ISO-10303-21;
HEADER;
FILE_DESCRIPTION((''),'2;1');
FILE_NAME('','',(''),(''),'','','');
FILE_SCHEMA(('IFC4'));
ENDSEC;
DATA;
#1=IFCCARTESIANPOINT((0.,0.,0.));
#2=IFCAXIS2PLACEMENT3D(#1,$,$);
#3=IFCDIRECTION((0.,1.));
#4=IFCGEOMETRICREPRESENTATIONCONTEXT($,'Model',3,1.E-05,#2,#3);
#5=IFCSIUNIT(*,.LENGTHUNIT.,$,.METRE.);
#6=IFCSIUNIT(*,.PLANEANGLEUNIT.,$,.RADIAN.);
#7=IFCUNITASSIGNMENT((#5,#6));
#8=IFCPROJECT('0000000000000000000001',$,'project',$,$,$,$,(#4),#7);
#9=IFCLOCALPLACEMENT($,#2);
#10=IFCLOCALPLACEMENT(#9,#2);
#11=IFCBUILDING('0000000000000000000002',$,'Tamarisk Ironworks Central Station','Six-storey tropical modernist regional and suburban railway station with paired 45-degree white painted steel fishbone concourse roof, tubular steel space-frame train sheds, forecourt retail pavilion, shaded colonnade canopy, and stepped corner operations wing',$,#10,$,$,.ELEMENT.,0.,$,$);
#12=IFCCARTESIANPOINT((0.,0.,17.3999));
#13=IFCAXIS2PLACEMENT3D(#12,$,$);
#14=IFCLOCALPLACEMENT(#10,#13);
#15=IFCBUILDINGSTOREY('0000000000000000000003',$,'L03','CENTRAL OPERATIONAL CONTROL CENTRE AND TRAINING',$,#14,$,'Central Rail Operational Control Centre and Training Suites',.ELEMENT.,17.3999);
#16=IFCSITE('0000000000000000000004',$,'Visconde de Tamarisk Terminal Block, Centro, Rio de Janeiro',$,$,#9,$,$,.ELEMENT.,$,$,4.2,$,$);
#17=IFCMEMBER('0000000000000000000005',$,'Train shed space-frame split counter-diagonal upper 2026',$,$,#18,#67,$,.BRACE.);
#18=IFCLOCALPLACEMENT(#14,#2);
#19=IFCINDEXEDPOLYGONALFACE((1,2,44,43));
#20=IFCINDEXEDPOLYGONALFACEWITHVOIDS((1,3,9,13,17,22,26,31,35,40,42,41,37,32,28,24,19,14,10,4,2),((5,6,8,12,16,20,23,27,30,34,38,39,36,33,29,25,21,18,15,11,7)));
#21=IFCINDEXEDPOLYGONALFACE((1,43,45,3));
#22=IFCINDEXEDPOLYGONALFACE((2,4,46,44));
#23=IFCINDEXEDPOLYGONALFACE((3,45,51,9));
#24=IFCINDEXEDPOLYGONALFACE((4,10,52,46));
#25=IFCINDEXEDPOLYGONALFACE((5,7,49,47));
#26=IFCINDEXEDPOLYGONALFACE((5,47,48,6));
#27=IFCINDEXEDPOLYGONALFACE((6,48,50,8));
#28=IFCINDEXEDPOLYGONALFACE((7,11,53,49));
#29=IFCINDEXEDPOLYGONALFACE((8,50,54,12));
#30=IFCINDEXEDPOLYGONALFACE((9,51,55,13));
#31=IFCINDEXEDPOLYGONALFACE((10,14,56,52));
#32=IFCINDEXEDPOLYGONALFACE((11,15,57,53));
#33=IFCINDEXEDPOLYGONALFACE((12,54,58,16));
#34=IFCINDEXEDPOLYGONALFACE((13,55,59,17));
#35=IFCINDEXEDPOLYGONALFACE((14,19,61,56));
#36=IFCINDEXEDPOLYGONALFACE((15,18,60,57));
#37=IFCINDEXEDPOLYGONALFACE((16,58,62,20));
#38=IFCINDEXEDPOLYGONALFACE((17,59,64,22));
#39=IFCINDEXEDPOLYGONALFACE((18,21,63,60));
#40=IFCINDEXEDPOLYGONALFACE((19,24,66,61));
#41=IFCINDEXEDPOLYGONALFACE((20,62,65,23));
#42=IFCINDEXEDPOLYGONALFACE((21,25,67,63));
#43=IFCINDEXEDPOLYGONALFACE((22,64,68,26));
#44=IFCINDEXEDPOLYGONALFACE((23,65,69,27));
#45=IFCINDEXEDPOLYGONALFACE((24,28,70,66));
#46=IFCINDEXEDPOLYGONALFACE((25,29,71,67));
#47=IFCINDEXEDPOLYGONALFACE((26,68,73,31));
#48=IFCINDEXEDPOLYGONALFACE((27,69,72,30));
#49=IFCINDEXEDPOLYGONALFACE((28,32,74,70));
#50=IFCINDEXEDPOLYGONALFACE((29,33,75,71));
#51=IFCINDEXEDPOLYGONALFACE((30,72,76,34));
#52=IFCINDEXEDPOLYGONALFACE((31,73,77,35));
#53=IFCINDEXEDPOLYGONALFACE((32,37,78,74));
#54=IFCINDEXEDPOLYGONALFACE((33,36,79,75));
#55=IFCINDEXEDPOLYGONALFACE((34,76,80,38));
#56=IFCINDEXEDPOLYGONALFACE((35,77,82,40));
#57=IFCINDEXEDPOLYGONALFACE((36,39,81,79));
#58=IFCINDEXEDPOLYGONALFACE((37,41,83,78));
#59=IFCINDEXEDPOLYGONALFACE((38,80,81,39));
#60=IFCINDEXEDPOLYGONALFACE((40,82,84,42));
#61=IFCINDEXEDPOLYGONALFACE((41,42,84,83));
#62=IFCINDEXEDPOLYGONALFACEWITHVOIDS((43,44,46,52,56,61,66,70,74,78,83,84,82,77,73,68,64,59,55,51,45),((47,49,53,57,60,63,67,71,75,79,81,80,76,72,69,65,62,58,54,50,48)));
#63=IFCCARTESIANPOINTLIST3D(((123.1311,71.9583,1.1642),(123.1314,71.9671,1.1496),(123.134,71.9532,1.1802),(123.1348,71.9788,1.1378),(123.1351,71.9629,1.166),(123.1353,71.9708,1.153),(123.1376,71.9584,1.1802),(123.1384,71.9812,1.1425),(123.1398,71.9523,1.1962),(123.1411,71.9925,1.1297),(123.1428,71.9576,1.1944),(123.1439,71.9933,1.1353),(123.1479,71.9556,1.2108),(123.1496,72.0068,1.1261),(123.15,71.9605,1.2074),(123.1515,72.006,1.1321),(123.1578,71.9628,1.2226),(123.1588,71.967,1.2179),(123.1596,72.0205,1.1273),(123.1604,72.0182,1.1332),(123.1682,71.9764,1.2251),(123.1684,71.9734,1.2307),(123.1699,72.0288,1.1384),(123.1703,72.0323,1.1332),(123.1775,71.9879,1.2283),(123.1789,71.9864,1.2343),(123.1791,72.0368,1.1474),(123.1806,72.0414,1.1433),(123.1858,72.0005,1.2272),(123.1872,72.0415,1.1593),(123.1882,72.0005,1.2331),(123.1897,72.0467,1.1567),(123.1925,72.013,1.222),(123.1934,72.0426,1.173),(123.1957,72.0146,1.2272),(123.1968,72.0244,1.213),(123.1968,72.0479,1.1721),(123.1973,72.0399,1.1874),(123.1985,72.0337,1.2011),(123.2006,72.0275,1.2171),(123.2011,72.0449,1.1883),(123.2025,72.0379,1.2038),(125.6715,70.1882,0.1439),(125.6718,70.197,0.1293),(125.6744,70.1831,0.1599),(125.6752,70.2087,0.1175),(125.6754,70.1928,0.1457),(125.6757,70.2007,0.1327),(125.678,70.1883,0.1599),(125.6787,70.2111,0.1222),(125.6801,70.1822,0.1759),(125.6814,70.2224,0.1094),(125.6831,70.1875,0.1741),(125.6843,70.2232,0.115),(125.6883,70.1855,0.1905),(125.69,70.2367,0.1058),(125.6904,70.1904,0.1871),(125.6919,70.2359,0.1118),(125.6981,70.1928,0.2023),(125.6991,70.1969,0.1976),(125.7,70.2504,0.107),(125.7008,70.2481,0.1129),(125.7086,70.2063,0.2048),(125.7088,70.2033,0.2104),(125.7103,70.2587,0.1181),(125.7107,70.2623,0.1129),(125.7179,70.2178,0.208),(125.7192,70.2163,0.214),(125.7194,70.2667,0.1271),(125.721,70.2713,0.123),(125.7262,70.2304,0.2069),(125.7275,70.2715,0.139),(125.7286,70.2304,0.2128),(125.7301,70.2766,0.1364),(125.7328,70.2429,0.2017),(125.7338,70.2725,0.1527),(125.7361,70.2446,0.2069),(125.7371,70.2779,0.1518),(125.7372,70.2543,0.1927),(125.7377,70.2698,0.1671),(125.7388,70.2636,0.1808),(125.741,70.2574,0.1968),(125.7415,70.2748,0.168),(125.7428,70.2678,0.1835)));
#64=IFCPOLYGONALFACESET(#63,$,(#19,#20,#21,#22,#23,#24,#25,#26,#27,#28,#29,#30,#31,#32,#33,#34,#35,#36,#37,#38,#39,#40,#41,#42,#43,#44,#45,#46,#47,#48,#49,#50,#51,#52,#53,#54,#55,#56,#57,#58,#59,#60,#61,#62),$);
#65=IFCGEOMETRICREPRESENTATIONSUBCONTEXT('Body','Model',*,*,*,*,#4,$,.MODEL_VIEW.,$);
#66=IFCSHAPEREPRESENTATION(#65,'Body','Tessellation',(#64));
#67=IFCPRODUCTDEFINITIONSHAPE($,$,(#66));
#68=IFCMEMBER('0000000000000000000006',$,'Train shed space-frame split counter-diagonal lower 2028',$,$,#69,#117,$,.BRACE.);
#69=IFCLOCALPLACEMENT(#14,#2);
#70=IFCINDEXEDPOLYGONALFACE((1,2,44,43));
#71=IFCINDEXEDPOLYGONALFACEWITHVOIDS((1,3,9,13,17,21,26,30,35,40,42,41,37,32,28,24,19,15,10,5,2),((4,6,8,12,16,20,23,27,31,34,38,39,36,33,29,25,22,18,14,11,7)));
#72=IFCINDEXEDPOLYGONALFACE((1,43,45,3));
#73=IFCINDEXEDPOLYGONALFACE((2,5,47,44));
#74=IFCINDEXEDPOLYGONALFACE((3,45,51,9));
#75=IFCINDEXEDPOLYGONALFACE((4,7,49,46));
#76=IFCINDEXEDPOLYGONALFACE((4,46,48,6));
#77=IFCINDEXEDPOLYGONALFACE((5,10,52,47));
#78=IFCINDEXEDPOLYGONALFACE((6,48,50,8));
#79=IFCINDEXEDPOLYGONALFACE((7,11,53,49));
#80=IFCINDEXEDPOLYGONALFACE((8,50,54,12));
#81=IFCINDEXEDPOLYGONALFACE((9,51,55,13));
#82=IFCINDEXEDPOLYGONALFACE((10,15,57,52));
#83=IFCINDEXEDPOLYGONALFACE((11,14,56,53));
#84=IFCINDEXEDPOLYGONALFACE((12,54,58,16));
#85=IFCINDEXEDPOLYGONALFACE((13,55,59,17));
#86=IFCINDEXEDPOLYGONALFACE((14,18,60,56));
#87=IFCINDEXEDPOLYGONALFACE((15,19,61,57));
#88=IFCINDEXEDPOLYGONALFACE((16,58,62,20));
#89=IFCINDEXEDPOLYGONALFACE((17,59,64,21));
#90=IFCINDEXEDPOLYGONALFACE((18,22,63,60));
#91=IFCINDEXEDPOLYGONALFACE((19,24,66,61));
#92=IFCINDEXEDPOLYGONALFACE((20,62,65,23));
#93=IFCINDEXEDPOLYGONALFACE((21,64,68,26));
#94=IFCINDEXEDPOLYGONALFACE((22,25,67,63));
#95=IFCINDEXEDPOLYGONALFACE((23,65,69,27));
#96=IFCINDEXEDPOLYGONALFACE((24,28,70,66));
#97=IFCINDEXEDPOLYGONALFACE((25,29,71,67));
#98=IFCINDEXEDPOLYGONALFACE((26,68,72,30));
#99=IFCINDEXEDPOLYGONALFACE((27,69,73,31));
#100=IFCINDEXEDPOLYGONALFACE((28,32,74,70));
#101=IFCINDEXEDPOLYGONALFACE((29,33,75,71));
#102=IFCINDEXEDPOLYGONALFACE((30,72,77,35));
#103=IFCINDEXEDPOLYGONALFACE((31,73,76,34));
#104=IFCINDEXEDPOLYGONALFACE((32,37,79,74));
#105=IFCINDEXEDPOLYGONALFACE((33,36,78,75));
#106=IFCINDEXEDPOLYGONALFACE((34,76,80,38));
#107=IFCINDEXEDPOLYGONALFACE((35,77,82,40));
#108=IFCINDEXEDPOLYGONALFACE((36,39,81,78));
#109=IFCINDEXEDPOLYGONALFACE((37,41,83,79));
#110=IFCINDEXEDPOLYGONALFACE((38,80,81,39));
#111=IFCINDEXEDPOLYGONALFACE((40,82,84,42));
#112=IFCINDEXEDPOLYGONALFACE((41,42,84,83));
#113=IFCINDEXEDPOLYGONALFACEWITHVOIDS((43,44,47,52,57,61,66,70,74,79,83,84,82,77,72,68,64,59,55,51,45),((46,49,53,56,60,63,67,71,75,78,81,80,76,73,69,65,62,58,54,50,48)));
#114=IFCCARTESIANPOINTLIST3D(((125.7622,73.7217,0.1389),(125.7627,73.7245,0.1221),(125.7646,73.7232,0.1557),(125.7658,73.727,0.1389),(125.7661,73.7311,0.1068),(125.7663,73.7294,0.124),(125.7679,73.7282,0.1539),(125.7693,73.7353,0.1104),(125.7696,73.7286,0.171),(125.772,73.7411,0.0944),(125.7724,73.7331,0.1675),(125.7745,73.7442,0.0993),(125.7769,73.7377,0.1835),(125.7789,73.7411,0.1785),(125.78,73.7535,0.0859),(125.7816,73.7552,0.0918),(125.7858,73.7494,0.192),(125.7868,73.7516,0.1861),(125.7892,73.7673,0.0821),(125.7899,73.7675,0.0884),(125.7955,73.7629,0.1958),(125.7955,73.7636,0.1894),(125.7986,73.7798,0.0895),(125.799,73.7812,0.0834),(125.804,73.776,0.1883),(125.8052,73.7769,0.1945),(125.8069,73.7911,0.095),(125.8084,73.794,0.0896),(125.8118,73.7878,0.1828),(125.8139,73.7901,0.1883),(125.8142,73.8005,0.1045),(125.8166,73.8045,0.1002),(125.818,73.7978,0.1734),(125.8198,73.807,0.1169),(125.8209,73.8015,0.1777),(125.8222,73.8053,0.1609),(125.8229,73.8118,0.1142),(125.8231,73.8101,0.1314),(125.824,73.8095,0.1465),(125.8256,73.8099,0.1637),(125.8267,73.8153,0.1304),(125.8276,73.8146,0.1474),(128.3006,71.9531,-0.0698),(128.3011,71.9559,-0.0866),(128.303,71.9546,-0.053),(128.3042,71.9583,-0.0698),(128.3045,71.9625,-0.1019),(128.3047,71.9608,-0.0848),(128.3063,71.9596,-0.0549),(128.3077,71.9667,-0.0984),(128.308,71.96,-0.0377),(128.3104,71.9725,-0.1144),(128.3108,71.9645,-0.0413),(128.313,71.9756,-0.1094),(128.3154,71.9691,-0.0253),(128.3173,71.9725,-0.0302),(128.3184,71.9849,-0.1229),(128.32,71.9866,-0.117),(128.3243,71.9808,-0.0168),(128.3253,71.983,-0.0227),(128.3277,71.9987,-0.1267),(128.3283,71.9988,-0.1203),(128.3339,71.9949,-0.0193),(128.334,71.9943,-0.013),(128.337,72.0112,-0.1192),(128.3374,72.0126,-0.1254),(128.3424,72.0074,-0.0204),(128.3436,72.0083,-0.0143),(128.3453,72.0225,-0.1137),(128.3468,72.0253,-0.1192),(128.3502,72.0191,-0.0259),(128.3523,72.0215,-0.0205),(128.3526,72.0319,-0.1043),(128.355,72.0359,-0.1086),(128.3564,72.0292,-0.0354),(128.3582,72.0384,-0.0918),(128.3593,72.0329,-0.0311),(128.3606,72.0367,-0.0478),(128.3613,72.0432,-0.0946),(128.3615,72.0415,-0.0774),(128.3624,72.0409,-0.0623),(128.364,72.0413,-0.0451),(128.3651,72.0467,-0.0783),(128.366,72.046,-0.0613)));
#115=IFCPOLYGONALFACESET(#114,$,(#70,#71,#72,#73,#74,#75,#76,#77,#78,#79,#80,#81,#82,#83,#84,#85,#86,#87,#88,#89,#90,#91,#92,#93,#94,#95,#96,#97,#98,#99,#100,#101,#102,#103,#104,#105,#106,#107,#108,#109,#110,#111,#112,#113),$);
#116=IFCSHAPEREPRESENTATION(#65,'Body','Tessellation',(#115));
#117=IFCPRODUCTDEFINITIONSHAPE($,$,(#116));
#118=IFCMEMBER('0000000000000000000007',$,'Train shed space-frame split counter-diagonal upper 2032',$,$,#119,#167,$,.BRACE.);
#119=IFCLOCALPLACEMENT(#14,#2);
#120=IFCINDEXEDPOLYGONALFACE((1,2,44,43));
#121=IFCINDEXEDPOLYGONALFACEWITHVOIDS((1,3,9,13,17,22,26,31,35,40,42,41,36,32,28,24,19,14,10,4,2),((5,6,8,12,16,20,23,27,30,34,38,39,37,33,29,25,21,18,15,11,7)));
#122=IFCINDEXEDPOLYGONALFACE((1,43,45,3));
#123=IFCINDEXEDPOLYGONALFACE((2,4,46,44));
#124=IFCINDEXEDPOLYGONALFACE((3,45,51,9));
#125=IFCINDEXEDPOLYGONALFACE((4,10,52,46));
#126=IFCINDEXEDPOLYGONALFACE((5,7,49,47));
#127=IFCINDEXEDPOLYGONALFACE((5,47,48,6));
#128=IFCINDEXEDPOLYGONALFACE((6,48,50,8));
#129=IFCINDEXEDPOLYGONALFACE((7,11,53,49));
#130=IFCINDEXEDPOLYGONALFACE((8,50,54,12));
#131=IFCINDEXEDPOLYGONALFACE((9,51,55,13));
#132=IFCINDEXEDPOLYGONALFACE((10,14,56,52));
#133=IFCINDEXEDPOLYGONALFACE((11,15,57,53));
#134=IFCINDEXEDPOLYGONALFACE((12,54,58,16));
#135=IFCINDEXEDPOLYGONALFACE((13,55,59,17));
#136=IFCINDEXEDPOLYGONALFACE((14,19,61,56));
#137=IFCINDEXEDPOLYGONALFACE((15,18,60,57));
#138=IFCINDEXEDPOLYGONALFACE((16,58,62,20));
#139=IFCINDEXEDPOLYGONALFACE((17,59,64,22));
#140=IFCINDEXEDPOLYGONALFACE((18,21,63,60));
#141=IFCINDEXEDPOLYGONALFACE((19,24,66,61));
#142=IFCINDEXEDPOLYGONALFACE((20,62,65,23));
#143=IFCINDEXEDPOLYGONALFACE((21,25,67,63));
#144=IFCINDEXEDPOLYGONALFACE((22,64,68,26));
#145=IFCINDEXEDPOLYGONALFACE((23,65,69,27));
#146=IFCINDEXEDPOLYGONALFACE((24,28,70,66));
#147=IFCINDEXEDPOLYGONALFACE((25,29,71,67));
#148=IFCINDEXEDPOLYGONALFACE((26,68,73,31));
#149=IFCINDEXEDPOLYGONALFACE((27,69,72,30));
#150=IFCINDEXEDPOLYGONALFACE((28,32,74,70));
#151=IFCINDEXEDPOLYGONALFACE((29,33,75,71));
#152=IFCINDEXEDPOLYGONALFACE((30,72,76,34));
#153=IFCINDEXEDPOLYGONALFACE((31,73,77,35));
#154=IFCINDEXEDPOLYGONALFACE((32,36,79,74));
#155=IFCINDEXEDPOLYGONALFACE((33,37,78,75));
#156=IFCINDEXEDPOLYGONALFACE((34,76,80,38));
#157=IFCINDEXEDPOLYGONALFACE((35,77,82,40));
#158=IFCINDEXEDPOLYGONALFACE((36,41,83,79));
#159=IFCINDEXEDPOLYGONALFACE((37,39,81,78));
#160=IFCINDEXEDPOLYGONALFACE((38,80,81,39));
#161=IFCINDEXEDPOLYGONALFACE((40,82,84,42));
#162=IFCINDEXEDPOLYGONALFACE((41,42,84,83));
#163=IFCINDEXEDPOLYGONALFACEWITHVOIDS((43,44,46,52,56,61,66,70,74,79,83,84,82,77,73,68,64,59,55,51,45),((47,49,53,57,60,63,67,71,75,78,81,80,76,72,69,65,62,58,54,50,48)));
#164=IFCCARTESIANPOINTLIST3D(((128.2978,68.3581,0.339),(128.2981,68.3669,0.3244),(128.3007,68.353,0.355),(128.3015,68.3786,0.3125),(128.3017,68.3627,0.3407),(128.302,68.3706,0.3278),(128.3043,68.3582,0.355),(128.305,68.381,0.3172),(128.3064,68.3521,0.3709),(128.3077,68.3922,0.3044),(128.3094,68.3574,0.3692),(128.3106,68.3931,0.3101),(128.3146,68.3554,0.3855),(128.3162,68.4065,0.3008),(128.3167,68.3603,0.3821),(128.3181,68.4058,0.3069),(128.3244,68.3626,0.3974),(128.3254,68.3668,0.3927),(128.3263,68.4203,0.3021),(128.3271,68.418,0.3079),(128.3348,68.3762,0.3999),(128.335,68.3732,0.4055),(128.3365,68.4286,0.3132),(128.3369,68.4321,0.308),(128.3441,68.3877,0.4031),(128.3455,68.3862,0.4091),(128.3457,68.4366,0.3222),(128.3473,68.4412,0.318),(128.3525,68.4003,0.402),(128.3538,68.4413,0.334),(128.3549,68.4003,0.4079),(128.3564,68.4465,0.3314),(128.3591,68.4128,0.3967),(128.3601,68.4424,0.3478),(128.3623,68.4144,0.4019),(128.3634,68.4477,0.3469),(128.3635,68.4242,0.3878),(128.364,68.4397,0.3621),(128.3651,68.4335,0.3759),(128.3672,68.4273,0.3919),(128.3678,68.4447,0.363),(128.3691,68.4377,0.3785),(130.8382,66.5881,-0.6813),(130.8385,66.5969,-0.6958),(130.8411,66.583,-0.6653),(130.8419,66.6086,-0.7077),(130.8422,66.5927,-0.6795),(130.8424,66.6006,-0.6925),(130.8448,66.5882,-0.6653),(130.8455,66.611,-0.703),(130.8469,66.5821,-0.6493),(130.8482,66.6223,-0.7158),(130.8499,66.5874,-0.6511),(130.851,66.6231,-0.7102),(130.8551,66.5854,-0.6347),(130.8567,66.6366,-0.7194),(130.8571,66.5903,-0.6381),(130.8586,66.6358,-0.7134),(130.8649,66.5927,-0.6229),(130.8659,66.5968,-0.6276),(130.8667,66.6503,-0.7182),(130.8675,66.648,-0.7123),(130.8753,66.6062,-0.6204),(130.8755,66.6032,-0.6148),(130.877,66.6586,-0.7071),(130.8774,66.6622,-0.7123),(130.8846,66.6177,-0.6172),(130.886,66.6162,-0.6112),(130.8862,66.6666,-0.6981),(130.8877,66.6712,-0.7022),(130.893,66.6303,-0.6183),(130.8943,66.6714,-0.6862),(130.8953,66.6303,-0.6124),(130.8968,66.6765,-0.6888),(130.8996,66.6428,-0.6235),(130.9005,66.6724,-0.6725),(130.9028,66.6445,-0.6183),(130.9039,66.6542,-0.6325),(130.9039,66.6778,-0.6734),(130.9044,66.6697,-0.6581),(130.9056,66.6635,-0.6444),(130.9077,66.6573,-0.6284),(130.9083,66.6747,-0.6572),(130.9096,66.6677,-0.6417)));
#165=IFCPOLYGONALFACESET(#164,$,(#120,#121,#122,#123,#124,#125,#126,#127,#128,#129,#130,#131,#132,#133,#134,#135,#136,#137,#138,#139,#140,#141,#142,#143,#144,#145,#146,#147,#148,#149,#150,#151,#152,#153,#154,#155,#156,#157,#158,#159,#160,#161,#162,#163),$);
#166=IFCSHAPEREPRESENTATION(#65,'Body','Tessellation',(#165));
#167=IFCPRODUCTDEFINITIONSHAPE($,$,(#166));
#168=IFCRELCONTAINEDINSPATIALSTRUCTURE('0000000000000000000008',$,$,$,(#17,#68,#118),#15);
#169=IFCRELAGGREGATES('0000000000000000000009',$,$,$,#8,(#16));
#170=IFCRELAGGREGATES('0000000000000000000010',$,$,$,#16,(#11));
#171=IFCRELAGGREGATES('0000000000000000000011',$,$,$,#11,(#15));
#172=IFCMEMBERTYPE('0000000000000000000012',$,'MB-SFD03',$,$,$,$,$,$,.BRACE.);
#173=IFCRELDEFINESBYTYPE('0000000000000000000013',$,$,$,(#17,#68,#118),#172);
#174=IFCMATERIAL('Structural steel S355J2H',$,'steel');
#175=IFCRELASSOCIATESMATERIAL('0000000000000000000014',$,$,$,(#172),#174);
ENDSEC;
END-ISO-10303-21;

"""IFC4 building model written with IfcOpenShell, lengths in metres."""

from ifc_helpers import new_model, si_unit, direction, frame, origin, origin_2d, place, context, subcontext, project, spatial, hollow_circle, extrude, material, material_profile, profile_set, type_object, element, save


model = new_model("IFC4")

# Units and contexts
model_context = context("Model", 3, precision=1e-05, world=origin(), true_north=direction((0.0, 1.0)))
body_context = subcontext(model_context, "Body", "Model", "MODEL_VIEW")
ifc_project = project(units=[si_unit("LENGTHUNIT", "METRE"), si_unit("PLANEANGLEUNIT", "RADIAN")], contexts=[model_context])

# Site, building, storey
site_placement = place(None, origin())
site = spatial("IfcSite", under=ifc_project, at=site_placement, Name="Visconde de Tamarisk Terminal Block, Centro, Rio de Janeiro", CompositionType="ELEMENT", RefElevation=4.2)
building_placement = place(site_placement, origin())
building = spatial("IfcBuilding", under=site, at=building_placement, Name="Tamarisk Ironworks Central Station", Description="Six-storey tropical modernist regional and suburban railway station with paired 45-degree white painted steel fishbone concourse roof, tubular steel space-frame train sheds, forecourt retail pavilion, shaded colonnade canopy, and stepped corner operations wing", CompositionType="ELEMENT", ElevationOfRefHeight=0.0)
storey_placement = place(building_placement, frame((0.0, 0.0, 17.3999)))
storey = spatial("IfcBuildingStorey", under=building, at=storey_placement, Name="L03", Description="CENTRAL OPERATIONAL CONTROL CENTRE AND TRAINING", LongName="Central Rail Operational Control Centre and Training Suites", CompositionType="ELEMENT", Elevation=17.3999)

# Members
ifc_material_1 = material(Name="Structural steel S355J2H", Category="steel")
ifc_material_profile_1 = material_profile(ifc_material_1, hollow_circle(Radius=0.0571, WallThickness=0.0063, at=origin_2d()), Name="CHS 114.3x6.3")
ifc_profile_set_1 = profile_set([ifc_material_profile_1], Name="Structural steel S355J2H")
member_type_1 = type_object("IfcMemberType", Name="MB-SFD03", PredefinedType="BRACE", material=ifc_profile_set_1)
for number, where, z_axis, x_axis, name in (
    (1, (125.707, 70.23, 0.1599), (-0.779252, 0.542967, 0.312974), (-0.571688, -0.820471, 0.0), "Train shed space-frame split counter-diagonal upper 2026"),
):
    element("IfcMember", number, at=place(storey_placement, frame(where, z_axis=z_axis, x_axis=x_axis)), inside=storey, type_object=member_type_1, Name=name, PredefinedType="BRACE", context=body_context, shape_type="SweptSolid", body=[
        extrude(hollow_circle(Radius=0.0571, WallThickness=0.0063, at=origin_2d()), origin(), (0.0, 0.0, 1.0), 3.26),
    ])
member_1_placement = place(storey_placement, frame((128.3333, 72.0, -0.0698), z_axis=(-0.818625, 0.570369, 0.06732), x_axis=(-0.571666, -0.820487, 0.0)))
element("IfcMember", 2, at=member_1_placement, inside=storey, type_object=member_type_1, Name="Train shed space-frame split counter-diagonal lower 2028", PredefinedType="BRACE", context=body_context, shape_type="SweptSolid", body=[
    extrude(hollow_circle(Radius=0.0571, WallThickness=0.0063, at=origin_2d()), origin(), (0.0, 0.0, 1.0), 3.1008),
])
for number, where, z_axis, x_axis, name in (
    (3, (130.8738, 66.6299, -0.6653), (-0.779281, 0.542936, 0.312956), (-0.571651, -0.820497, 0.0), "Train shed space-frame split counter-diagonal upper 2032"),
):
    element("IfcMember", number, at=place(storey_placement, frame(where, z_axis=z_axis, x_axis=x_axis)), inside=storey, type_object=member_type_1, Name=name, PredefinedType="BRACE", context=body_context, shape_type="SweptSolid", body=[
        extrude(hollow_circle(Radius=0.0571, WallThickness=0.0063, at=origin_2d()), origin(), (0.0, 0.0, 1.0), 3.26),
    ])

save(model, "model.ifc")
